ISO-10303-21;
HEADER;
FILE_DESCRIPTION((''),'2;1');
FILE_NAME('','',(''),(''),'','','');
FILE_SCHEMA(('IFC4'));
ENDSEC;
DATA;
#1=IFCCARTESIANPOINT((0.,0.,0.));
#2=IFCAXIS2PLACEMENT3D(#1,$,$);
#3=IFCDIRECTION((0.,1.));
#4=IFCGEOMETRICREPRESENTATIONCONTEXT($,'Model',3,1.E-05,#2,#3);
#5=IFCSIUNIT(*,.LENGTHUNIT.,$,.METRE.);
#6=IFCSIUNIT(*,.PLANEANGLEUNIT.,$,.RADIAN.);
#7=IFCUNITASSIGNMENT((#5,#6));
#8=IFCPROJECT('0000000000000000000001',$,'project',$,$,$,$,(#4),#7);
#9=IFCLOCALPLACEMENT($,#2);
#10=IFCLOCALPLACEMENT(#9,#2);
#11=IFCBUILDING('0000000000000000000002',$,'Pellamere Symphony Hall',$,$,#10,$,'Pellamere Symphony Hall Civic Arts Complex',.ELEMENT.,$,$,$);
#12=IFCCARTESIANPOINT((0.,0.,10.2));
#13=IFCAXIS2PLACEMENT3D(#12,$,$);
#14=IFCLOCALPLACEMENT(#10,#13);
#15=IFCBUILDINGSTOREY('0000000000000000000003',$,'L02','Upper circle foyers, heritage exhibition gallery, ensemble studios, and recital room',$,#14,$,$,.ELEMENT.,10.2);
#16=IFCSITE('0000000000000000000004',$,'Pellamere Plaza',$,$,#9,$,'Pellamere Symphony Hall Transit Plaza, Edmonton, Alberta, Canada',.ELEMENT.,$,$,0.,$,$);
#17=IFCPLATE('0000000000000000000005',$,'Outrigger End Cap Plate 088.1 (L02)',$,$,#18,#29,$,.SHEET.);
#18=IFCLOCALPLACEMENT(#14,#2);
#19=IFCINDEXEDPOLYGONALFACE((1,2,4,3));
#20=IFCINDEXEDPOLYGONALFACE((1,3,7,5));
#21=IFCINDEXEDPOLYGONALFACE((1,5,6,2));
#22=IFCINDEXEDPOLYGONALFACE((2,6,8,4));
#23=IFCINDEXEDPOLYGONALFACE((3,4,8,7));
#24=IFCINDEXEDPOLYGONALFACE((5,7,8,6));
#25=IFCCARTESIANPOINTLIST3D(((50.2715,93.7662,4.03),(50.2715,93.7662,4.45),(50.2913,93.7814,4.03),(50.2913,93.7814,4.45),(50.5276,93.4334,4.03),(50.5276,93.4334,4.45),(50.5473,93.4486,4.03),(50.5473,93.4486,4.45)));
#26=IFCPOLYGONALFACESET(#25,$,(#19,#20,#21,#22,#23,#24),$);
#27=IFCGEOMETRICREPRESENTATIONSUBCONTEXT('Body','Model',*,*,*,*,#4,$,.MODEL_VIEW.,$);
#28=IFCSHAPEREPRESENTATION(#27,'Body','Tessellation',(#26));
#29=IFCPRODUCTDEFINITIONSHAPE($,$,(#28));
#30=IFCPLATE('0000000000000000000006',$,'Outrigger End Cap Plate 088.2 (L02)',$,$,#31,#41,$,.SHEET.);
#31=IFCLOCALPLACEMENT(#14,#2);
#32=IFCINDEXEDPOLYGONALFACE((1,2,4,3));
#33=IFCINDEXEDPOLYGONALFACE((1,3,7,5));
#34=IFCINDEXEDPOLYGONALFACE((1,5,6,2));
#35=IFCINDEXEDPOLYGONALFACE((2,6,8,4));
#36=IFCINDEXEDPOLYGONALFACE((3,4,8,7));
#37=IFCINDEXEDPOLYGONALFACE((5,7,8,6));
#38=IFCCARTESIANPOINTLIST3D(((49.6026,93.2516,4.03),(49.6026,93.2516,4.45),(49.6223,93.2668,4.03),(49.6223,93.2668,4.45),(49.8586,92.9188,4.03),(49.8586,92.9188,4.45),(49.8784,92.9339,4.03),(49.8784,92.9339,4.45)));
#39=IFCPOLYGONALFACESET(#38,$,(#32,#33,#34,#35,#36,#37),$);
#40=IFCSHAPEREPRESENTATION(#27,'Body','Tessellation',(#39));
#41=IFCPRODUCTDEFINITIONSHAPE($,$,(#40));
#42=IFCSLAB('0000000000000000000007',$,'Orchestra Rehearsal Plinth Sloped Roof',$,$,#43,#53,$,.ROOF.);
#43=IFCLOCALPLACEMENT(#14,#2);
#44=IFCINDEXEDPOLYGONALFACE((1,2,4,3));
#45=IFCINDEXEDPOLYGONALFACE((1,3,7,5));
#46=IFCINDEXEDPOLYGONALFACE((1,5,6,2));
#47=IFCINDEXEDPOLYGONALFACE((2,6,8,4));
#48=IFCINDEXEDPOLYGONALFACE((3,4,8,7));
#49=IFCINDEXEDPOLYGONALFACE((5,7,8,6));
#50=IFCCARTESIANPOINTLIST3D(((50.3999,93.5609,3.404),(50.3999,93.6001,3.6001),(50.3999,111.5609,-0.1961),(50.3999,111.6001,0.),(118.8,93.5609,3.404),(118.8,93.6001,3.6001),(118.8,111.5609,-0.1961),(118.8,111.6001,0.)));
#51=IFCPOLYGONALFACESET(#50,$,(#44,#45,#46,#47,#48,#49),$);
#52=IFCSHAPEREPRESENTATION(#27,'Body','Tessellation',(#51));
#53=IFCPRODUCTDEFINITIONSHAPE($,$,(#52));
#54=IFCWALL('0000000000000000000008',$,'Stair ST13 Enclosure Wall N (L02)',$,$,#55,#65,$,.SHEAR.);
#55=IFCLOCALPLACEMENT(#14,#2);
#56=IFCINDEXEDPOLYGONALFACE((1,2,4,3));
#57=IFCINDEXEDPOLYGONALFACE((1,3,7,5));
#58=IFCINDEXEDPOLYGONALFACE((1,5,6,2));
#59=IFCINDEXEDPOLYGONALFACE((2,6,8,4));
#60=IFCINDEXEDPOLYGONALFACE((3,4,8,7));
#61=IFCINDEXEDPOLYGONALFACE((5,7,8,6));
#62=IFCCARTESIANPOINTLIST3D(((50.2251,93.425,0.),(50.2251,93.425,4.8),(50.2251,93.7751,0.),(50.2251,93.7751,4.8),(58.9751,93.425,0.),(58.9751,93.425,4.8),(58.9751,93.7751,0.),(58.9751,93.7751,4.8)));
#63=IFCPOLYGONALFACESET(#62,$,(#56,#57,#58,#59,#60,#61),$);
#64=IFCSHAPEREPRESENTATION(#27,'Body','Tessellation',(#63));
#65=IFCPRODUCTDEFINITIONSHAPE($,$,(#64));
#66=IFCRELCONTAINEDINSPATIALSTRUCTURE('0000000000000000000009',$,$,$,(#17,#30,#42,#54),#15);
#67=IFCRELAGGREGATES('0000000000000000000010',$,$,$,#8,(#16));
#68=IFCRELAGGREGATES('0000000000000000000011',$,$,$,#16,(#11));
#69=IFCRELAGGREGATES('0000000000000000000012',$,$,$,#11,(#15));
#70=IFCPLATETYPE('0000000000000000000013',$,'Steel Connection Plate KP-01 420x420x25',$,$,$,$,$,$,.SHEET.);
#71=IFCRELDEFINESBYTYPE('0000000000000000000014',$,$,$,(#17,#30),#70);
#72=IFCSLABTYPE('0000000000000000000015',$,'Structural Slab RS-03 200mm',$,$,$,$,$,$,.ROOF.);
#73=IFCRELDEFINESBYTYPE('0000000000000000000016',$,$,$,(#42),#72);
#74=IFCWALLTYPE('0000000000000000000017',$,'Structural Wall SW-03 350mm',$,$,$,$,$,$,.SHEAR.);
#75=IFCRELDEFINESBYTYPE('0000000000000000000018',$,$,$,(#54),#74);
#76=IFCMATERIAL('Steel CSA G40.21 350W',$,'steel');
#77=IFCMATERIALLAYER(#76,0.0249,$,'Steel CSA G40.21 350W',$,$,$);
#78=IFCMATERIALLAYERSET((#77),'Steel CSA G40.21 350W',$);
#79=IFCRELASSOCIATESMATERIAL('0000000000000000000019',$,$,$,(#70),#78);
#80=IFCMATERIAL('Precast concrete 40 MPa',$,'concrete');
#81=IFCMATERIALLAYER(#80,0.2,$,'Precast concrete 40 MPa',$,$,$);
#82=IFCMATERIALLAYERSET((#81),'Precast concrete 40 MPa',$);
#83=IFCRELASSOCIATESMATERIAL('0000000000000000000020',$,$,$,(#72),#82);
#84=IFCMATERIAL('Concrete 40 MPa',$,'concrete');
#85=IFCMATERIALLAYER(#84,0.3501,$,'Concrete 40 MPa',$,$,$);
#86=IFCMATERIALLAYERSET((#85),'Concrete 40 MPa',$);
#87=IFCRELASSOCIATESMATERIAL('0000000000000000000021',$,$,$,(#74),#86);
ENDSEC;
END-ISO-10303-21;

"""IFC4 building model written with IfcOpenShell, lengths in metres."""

from ifc_helpers import new_model, si_unit, direction, frame, frame_2d, origin, origin_2d, place, context, subcontext, project, spatial, polyline, rectangle, outline, extrude, material, layer, layer_set, type_object, element, save


model = new_model("IFC4")

# Units and contexts
model_context = context("Model", 3, precision=1e-05, world=origin(), true_north=direction((0.0, 1.0)))
body_context = subcontext(model_context, "Body", "Model", "MODEL_VIEW")
ifc_project = project(units=[si_unit("LENGTHUNIT", "METRE"), si_unit("PLANEANGLEUNIT", "RADIAN")], contexts=[model_context])

# Site, building, storey
site_placement = place(None, origin())
site = spatial("IfcSite", under=ifc_project, at=site_placement, Name="Pellamere Plaza", LongName="Pellamere Symphony Hall Transit Plaza, Edmonton, Alberta, Canada", CompositionType="ELEMENT", RefElevation=0.0)
building_placement = place(site_placement, origin())
building = spatial("IfcBuilding", under=site, at=building_placement, Name="Pellamere Symphony Hall", LongName="Pellamere Symphony Hall Civic Arts Complex", CompositionType="ELEMENT")
storey_placement = place(building_placement, frame((0.0, 0.0, 10.2)))
storey = spatial("IfcBuildingStorey", under=building, at=storey_placement, Name="L02", Description="Upper circle foyers, heritage exhibition gallery, ensemble studios, and recital room", CompositionType="ELEMENT", Elevation=10.2)

# Shared definitions
ifc_material_1 = material(Name="Concrete 40 MPa", Category="concrete")

# Shared definitions
ifc_material_2 = material(Name="Steel CSA G40.21 350W", Category="steel")

# Plates
ifc_layer_1 = layer(ifc_material_2, 0.0249, Name="Steel CSA G40.21 350W")
ifc_layer_set_1 = layer_set([ifc_layer_1], Name="Steel CSA G40.21 350W")
plate_type_1 = type_object("IfcPlateType", Name="Steel Connection Plate KP-01 420x420x25", PredefinedType="SHEET", material=ifc_layer_set_1)
for number, where, z_axis, x_axis, name in (
    (1, (50.4094, 93.6074, 4.03), (0.0, 0.0, 1.0), (-0.792609, -0.60973, 0.0), "Outrigger End Cap Plate 088.1 (L02)"),
    (2, (49.7405, 93.0928, 4.03), (0.0, 0.0, 1.0), (-0.792609, -0.60973, 0.0), "Outrigger End Cap Plate 088.2 (L02)"),
):
    element("IfcPlate", number, at=place(storey_placement, frame(where, z_axis=z_axis, x_axis=x_axis)), inside=storey, type_object=plate_type_1, Name=name, PredefinedType="SHEET", context=body_context, shape_type="SweptSolid", body=[
        extrude(rectangle(XDim=0.0249, YDim=0.4199, at=origin_2d()), origin(), (0.0, 0.0, 1.0), 0.4199),
    ])

# Slab
ifc_material_3 = material(Name="Precast concrete 40 MPa", Category="concrete")
ifc_layer_2 = layer(ifc_material_3, 0.2, Name="Precast concrete 40 MPa")
ifc_layer_set_2 = layer_set([ifc_layer_2], Name="Precast concrete 40 MPa")
slab_type = type_object("IfcSlabType", Name="Structural Slab RS-03 200mm", PredefinedType="ROOF", material=ifc_layer_set_2)
slab_placement = place(storey_placement, frame((50.3999, 93.6001, 3.6001), z_axis=(0.0, 0.196121, 0.98058), x_axis=(1.0, 0.0, 0.0)))
element("IfcSlab", 3, at=slab_placement, inside=storey, type_object=slab_type, Name="Orchestra Rehearsal Plinth Sloped Roof", PredefinedType="ROOF", context=body_context, shape_type="SweptSolid", body=[
    extrude(outline(polyline([(0.0, 0.0), (68.4001, 0.0), (68.4001, 18.3565), (0.0, 18.3565), (0.0, 0.0)])), origin(), (0.0, 0.0, -1.0), 0.2),
])

# Wall
ifc_layer_3 = layer(ifc_material_1, 0.3501, Name="Concrete 40 MPa")
ifc_layer_set_3 = layer_set([ifc_layer_3], Name="Concrete 40 MPa")
wall_type = type_object("IfcWallType", Name="Structural Wall SW-03 350mm", PredefinedType="SHEAR", material=ifc_layer_set_3)
wall_placement = place(storey_placement, frame((50.2251, 93.6001, 0.0), z_axis=(0.0, 0.0, 1.0), x_axis=(1.0, 0.0, 0.0)))
element("IfcWall", 4, at=wall_placement, inside=storey, type_object=wall_type, Name="Stair ST13 Enclosure Wall N (L02)", PredefinedType="SHEAR", context=body_context, shape_type="SweptSolid", body=[
    extrude(rectangle(XDim=8.75, YDim=0.3501, at=frame_2d((4.375, 0.0))), origin(), (0.0, 0.0, 1.0), 4.8),
])

save(model, "model.ifc")
